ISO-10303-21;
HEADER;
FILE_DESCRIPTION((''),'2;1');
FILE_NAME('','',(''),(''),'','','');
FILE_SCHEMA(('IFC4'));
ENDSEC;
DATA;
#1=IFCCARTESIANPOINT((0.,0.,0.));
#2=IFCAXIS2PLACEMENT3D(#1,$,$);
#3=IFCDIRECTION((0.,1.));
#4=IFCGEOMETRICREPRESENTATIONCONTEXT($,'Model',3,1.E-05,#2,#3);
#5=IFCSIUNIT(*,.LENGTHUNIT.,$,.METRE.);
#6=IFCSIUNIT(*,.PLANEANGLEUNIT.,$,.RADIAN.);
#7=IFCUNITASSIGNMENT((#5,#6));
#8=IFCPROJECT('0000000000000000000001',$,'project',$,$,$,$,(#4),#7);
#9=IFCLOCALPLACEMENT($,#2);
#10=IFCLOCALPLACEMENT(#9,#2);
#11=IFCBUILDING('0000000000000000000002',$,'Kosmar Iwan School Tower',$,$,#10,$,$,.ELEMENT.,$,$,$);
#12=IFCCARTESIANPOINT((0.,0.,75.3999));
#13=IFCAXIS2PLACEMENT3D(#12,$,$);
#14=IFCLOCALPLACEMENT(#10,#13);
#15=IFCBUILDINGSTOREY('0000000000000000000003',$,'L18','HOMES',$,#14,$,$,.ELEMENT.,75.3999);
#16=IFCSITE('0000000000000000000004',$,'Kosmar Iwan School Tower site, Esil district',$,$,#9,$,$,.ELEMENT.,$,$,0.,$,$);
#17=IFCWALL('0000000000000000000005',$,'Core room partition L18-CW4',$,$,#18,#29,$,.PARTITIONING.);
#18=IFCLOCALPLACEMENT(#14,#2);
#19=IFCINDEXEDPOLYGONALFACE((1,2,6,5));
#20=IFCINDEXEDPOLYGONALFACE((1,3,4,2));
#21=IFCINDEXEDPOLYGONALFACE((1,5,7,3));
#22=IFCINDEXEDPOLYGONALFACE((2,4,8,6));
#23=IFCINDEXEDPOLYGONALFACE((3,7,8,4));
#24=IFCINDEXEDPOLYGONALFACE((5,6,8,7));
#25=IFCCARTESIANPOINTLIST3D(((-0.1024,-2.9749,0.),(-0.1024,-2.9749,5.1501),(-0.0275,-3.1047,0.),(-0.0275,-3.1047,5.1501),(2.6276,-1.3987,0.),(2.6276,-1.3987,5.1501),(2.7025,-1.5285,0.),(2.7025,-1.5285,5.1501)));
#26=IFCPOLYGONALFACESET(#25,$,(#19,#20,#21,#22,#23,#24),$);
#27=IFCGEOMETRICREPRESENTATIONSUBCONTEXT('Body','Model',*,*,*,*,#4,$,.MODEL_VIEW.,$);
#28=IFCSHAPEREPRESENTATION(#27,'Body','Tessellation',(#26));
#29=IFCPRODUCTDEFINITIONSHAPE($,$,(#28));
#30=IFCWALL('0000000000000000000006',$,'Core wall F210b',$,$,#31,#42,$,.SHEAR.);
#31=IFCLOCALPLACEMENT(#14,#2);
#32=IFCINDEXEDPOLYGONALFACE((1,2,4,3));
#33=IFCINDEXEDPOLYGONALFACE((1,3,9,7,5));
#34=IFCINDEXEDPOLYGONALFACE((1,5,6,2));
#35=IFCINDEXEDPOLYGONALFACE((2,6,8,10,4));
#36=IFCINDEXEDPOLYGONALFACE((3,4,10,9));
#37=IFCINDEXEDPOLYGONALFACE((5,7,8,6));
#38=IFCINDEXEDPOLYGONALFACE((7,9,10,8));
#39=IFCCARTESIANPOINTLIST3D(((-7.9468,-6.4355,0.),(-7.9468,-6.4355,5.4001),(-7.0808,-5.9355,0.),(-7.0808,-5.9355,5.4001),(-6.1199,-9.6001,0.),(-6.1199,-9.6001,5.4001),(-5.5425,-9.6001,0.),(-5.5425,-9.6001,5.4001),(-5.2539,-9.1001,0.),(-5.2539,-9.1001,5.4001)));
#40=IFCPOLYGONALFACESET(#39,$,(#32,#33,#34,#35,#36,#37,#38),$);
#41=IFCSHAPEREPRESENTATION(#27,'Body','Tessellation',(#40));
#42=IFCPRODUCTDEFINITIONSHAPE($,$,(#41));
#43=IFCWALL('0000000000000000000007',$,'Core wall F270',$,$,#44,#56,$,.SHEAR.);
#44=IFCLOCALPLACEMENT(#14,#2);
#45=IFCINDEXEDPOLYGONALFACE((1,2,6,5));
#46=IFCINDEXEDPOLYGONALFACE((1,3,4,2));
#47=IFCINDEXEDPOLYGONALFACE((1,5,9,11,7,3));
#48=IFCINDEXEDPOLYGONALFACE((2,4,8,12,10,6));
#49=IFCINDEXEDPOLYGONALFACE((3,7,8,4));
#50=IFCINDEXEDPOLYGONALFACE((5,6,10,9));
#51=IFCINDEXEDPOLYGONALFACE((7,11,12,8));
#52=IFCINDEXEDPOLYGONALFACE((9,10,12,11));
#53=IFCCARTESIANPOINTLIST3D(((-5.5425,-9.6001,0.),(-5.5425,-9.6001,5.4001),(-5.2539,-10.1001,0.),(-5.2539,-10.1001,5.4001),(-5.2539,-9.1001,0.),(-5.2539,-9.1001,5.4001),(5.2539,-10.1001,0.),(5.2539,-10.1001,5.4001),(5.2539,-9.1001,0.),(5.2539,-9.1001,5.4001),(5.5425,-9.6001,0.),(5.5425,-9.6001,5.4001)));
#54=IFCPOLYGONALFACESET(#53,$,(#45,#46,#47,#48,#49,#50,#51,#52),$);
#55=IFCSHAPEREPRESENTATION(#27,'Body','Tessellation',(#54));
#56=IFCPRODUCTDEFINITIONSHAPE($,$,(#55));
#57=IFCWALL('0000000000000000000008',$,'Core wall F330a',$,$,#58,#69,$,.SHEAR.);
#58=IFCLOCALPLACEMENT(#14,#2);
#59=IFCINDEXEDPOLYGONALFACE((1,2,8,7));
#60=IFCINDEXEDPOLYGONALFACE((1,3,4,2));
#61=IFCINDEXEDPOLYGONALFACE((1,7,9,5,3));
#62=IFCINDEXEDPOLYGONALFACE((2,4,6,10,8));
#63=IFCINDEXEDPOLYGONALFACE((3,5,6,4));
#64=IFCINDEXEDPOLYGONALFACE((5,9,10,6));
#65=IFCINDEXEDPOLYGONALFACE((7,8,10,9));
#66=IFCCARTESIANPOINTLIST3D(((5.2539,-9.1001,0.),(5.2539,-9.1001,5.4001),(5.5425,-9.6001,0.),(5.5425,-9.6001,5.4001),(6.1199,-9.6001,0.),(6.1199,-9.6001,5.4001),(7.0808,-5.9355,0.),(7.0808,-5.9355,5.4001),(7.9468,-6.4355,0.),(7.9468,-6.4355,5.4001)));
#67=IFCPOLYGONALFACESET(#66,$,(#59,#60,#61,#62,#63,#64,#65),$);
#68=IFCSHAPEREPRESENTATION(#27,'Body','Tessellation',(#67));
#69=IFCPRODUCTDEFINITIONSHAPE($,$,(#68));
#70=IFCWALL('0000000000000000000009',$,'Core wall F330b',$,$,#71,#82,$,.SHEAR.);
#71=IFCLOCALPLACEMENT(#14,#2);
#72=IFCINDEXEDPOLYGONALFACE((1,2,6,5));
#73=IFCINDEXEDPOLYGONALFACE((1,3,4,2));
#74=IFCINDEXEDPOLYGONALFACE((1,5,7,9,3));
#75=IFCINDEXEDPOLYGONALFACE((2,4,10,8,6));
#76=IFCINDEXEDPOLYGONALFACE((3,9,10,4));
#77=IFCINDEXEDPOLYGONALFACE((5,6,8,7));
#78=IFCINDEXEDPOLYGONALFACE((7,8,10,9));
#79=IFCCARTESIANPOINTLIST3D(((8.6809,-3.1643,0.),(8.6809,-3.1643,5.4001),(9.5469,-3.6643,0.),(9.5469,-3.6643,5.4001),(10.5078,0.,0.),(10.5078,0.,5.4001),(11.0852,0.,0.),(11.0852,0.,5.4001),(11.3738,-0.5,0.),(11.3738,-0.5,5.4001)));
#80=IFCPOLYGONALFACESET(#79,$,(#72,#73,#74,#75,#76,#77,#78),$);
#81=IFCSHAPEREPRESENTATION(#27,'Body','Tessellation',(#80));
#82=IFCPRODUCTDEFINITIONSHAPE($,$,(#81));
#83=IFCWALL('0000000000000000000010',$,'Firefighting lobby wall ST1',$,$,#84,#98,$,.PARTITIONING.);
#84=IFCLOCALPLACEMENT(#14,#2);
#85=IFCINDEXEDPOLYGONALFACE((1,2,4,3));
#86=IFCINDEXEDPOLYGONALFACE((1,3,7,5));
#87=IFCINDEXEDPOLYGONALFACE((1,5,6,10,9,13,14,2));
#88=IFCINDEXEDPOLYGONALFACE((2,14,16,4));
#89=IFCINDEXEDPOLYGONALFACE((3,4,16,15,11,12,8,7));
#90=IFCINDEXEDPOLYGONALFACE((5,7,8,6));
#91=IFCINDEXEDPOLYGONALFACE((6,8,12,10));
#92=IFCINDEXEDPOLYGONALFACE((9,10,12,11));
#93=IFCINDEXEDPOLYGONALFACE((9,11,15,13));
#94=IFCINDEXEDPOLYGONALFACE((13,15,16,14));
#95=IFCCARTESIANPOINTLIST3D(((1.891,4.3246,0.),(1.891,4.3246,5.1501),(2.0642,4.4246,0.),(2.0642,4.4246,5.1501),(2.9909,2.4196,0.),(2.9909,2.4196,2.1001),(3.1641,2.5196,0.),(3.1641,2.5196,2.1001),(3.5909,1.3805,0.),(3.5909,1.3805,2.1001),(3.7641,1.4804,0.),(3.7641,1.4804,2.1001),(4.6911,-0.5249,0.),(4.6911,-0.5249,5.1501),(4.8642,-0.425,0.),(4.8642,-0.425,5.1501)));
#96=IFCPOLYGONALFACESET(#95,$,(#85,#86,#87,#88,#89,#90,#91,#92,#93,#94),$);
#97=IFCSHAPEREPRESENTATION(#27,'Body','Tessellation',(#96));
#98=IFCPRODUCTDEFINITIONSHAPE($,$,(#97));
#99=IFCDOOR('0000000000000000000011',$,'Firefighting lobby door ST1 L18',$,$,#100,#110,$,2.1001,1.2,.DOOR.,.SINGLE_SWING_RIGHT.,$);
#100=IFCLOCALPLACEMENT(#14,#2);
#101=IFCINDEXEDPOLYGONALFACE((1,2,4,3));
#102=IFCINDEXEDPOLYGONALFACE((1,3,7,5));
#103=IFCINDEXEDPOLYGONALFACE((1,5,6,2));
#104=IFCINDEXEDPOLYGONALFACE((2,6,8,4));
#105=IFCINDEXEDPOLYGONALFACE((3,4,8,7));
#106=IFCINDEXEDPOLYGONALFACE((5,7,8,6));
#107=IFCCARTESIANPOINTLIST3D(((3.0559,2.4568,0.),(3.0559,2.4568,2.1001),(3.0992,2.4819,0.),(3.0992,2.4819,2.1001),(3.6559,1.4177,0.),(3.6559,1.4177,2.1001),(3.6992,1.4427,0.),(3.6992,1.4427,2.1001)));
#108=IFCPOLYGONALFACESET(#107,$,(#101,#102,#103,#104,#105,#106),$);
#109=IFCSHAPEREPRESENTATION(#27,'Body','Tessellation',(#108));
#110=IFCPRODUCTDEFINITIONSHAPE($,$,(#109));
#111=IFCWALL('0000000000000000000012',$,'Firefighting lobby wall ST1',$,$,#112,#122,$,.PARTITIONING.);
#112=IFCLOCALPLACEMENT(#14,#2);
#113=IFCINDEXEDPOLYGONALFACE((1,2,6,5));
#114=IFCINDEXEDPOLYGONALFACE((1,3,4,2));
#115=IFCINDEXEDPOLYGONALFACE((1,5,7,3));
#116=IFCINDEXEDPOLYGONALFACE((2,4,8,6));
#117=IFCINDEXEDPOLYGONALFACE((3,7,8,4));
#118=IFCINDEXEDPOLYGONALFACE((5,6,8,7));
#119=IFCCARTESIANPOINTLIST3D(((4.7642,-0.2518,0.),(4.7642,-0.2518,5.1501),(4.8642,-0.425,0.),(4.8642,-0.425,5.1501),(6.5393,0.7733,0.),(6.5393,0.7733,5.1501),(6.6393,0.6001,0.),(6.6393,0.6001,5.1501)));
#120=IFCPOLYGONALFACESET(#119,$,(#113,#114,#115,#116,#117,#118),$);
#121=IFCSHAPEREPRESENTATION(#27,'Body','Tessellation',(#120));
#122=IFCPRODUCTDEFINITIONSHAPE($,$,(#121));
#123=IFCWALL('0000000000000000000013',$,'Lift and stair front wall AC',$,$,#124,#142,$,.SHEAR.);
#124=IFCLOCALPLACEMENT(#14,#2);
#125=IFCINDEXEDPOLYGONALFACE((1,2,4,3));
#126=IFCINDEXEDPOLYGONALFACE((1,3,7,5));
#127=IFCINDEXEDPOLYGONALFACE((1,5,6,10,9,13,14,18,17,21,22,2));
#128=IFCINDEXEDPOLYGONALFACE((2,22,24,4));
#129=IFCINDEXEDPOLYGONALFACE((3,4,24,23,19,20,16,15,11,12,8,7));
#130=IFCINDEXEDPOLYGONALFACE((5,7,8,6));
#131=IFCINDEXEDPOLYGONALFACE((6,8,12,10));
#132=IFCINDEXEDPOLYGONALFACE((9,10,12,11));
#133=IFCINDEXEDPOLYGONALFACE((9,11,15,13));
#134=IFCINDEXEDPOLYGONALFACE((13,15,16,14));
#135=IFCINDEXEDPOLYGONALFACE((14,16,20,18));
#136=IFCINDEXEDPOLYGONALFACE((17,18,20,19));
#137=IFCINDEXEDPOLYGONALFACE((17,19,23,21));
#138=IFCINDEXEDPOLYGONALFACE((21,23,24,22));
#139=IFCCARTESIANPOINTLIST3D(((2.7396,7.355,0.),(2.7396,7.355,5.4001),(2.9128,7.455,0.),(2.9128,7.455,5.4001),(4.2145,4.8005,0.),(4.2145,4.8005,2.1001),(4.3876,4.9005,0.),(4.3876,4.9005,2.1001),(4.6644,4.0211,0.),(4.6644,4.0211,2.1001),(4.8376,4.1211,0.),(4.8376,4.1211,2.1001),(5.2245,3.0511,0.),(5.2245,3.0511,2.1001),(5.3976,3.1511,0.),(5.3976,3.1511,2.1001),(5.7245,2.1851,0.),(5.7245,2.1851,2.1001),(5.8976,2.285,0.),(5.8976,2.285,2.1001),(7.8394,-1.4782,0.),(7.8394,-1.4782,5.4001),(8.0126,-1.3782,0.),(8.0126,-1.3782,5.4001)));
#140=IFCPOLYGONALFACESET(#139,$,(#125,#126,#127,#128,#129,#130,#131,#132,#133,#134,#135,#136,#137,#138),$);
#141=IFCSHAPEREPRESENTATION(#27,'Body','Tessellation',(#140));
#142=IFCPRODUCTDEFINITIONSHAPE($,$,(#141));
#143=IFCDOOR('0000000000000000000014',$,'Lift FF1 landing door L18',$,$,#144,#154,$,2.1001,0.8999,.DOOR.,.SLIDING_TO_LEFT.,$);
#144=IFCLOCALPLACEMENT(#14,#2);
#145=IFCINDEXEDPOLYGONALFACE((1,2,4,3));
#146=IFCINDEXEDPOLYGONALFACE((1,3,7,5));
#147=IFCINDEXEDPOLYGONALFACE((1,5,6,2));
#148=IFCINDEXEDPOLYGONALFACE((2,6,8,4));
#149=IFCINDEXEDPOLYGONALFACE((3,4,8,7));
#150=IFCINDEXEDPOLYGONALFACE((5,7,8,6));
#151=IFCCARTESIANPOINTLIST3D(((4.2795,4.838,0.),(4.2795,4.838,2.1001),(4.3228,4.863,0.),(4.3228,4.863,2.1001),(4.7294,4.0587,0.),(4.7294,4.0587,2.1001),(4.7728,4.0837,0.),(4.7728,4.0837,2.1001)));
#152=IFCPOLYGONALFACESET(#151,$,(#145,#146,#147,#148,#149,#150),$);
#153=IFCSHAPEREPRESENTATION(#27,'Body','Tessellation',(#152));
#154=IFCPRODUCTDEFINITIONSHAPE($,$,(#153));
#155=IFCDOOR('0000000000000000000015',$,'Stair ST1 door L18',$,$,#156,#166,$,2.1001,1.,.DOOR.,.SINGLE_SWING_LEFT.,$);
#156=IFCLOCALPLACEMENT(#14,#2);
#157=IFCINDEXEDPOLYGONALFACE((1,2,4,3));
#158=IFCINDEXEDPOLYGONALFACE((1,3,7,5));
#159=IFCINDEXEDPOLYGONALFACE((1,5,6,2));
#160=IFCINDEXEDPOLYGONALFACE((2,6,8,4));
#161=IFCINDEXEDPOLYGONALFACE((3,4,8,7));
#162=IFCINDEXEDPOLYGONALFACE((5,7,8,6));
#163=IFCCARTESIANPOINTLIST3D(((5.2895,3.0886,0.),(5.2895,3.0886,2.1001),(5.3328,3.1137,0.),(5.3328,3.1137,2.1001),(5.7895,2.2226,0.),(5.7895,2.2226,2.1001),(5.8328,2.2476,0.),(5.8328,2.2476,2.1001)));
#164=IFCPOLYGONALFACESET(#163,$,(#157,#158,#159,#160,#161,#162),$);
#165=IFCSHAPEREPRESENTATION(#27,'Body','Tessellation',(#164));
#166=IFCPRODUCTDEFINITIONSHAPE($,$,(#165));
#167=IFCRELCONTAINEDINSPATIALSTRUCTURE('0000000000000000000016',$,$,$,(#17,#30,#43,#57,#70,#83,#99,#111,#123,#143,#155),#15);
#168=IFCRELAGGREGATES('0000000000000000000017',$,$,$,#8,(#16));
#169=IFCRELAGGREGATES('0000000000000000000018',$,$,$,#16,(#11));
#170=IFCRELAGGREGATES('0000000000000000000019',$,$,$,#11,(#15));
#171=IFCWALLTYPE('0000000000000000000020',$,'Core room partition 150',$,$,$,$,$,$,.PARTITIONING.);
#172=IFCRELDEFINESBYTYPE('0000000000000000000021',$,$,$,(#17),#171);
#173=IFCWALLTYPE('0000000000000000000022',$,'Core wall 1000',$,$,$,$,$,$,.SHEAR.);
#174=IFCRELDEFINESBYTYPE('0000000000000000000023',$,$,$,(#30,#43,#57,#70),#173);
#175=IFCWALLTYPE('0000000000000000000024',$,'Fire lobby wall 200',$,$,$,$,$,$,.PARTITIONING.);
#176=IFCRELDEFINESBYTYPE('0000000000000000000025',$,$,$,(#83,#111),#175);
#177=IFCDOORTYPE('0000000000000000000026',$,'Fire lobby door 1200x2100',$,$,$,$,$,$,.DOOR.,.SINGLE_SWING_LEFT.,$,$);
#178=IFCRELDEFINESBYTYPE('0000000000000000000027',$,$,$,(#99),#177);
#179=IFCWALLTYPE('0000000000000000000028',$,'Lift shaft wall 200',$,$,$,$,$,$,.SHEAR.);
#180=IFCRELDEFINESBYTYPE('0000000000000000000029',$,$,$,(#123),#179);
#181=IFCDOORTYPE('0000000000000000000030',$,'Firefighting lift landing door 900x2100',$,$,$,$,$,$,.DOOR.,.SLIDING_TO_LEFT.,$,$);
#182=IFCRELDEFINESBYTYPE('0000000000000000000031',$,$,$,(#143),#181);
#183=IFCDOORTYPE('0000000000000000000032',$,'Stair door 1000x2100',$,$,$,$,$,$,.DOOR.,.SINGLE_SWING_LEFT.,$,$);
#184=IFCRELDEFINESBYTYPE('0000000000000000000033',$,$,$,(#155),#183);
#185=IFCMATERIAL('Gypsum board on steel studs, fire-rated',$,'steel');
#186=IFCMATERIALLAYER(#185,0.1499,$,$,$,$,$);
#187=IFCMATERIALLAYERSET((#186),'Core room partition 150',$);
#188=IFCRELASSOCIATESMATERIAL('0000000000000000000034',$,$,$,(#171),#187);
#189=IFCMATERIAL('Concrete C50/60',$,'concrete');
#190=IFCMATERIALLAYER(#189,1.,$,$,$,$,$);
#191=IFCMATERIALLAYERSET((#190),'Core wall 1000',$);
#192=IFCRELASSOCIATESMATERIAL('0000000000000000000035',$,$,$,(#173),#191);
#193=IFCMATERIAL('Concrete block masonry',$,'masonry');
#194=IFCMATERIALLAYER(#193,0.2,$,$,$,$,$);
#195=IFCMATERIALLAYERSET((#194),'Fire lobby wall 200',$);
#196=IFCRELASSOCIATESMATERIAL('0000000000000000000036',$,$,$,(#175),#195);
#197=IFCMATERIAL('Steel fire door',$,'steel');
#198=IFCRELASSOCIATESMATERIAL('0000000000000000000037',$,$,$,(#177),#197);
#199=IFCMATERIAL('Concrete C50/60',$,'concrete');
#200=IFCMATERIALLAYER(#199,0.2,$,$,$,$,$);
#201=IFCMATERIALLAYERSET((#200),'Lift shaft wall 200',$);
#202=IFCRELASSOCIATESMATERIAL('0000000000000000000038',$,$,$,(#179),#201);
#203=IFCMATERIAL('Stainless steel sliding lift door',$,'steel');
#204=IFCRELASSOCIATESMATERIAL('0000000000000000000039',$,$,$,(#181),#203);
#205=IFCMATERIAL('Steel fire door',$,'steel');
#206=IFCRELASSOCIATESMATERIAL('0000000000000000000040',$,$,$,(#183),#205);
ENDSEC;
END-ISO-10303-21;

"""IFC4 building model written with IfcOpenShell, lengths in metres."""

from ifc_helpers import new_model, si_unit, direction, frame, frame_2d, origin, place, context, subcontext, project, spatial, polyline, rectangle, outline, extrude, material, layer, layer_set, type_object, element, fill, save


model = new_model("IFC4")

# Units and contexts
model_context = context("Model", 3, precision=1e-05, world=origin(), true_north=direction((0.0, 1.0)))
body_context = subcontext(model_context, "Body", "Model", "MODEL_VIEW")
ifc_project = project(units=[si_unit("LENGTHUNIT", "METRE"), si_unit("PLANEANGLEUNIT", "RADIAN")], contexts=[model_context])

# Site, building, storey
site_placement = place(None, origin())
site = spatial("IfcSite", under=ifc_project, at=site_placement, Name="Kosmar Iwan School Tower site, Esil district", CompositionType="ELEMENT", RefElevation=0.0)
building_placement = place(site_placement, origin())
building = spatial("IfcBuilding", under=site, at=building_placement, Name="Kosmar Iwan School Tower", CompositionType="ELEMENT")
storey_placement = place(building_placement, frame((0.0, 0.0, 75.3999)))
storey = spatial("IfcBuildingStorey", under=building, at=storey_placement, Name="L18", Description="HOMES", CompositionType="ELEMENT", Elevation=75.3999)

# Walls
ifc_material_1 = material(Name="Gypsum board on steel studs, fire-rated", Category="steel")
ifc_layer_1 = layer(ifc_material_1, 0.1499)
ifc_layer_set_1 = layer_set([ifc_layer_1], Name="Core room partition 150")
wall_type_1 = type_object("IfcWallType", Name="Core room partition 150", PredefinedType="PARTITIONING", material=ifc_layer_set_1)
wall_1_placement = place(storey_placement, frame((2.665, -1.4636, 0.0), z_axis=(0.0, 0.0, 1.0), x_axis=(-0.866023, -0.500004, 0.0)))
element("IfcWall", 1, at=wall_1_placement, inside=storey, type_object=wall_type_1, Name="Core room partition L18-CW4", PredefinedType="PARTITIONING", context=body_context, shape_type="SweptSolid", body=[
    extrude(rectangle(XDim=3.1523, YDim=0.1499, at=frame_2d((1.5762, 0.0))), origin(), (0.0, 0.0, 1.0), 5.1501),
])
ifc_material_2 = material(Name="Concrete C50/60", Category="concrete")
ifc_layer_2 = layer(ifc_material_2, 1.0)
ifc_layer_set_2 = layer_set([ifc_layer_2], Name="Core wall 1000")
wall_type_2 = type_object("IfcWallType", Name="Core wall 1000", PredefinedType="SHEAR", material=ifc_layer_set_2)
wall_2_placement = place(storey_placement, origin())
element("IfcWall", 2, at=wall_2_placement, inside=storey, type_object=wall_type_2, Name="Core wall F210b", PredefinedType="SHEAR", context=body_context, shape_type="SweptSolid", body=[
    extrude(outline(polyline([(-6.1199, -9.6001), (-5.5425, -9.6001), (-5.2539, -9.1001), (-7.0808, -5.9355), (-7.9468, -6.4355), (-6.1199, -9.6001)])), origin(), (0.0, 0.0, 1.0), 5.4001),
])
wall_3_placement = place(storey_placement, origin())
element("IfcWall", 3, at=wall_3_placement, inside=storey, type_object=wall_type_2, Name="Core wall F270", PredefinedType="SHEAR", context=body_context, shape_type="SweptSolid", body=[
    extrude(outline(polyline([(-5.2539, -10.1001), (5.2539, -10.1001), (5.5425, -9.6001), (5.2539, -9.1001), (-5.2539, -9.1001), (-5.5425, -9.6001), (-5.2539, -10.1001)])), origin(), (0.0, 0.0, 1.0), 5.4001),
])
wall_4_placement = place(storey_placement, origin())
element("IfcWall", 4, at=wall_4_placement, inside=storey, type_object=wall_type_2, Name="Core wall F330a", PredefinedType="SHEAR", context=body_context, shape_type="SweptSolid", body=[
    extrude(outline(polyline([(5.5425, -9.6001), (6.1199, -9.6001), (7.9468, -6.4355), (7.0808, -5.9355), (5.2539, -9.1001), (5.5425, -9.6001)])), origin(), (0.0, 0.0, 1.0), 5.4001),
])
wall_5_placement = place(storey_placement, origin())
element("IfcWall", 5, at=wall_5_placement, inside=storey, type_object=wall_type_2, Name="Core wall F330b", PredefinedType="SHEAR", context=body_context, shape_type="SweptSolid", body=[
    extrude(outline(polyline([(9.5469, -3.6643), (11.3738, -0.5), (11.0852, 0.0), (10.5078, 0.0), (8.6809, -3.1643), (9.5469, -3.6643)])), origin(), (0.0, 0.0, 1.0), 5.4001),
])

# Wall, opening, door
ifc_material_3 = material(Name="Concrete block masonry", Category="masonry")
ifc_layer_3 = layer(ifc_material_3, 0.2)
ifc_layer_set_3 = layer_set([ifc_layer_3], Name="Fire lobby wall 200")
wall_type_3 = type_object("IfcWallType", Name="Fire lobby wall 200", PredefinedType="PARTITIONING", material=ifc_layer_set_3)
wall_6_placement = place(storey_placement, frame((4.7776, -0.4749, 0.0), z_axis=(0.0, 0.0, 1.0), x_axis=(-0.500017, 0.866016, 0.0)))
wall_6 = element("IfcWall", 6, at=wall_6_placement, inside=storey, type_object=wall_type_3, Name="Firefighting lobby wall ST1", PredefinedType="PARTITIONING", context=body_context, shape_type="SweptSolid", body=[
    extrude(rectangle(XDim=5.5999, YDim=0.2, at=frame_2d((2.7998, 0.0))), origin(), (0.0, 0.0, 1.0), 5.1501),
])
opening_1_placement = place(wall_6_placement, frame((2.2, 0.0, 0.0)))
opening_1 = element("IfcOpeningElement", 7, at=opening_1_placement, cuts=wall_6, PredefinedType="OPENING", context=body_context, shape_type="SweptSolid", body=[
    extrude(rectangle(XDim=1.2, YDim=2.1001, at=frame_2d((0.6001, 1.05))), frame((0.0, 0.1121, 0.0), z_axis=(0.0, -1.0, 0.0), x_axis=(1.0, 0.0, 0.0)), (0.0, 0.0, 1.0), 0.2239),
])
ifc_material_4 = material(Name="Steel fire door", Category="steel")
door_type_1 = type_object("IfcDoorType", Name="Fire lobby door 1200x2100", OperationType="SINGLE_SWING_LEFT", PredefinedType="DOOR", material=ifc_material_4)
door_1_placement = place(opening_1_placement, frame((1.2, 0.0, 0.0), z_axis=(0.0, 0.0, 1.0), x_axis=(-1.0, 0.0, 0.0)))
door_1 = element("IfcDoor", 8, at=door_1_placement, inside=storey, type_object=door_type_1, Name="Firefighting lobby door ST1 L18", OperationType="SINGLE_SWING_RIGHT", OverallHeight=2.1001, OverallWidth=1.2, PredefinedType="DOOR", context=body_context, shape_type="SweptSolid", body=[
    extrude(rectangle(XDim=1.2, YDim=2.1001, at=frame_2d((0.6001, 1.05))), frame((0.0, 0.0249, 0.0), z_axis=(0.0, -1.0, 0.0), x_axis=(1.0, 0.0, 0.0)), (0.0, 0.0, 1.0), 0.05),
])
fill(opening_1, door_1)

# Wall
wall_7_placement = place(storey_placement, frame((4.8142, -0.3384, 0.0), z_axis=(0.0, 0.0, 1.0), x_axis=(0.865969, 0.500097, 0.0)))
element("IfcWall", 9, at=wall_7_placement, inside=storey, type_object=wall_type_3, Name="Firefighting lobby wall ST1", PredefinedType="PARTITIONING", context=body_context, shape_type="SweptSolid", body=[
    extrude(rectangle(XDim=2.0498, YDim=0.2, at=frame_2d((1.0249, 0.0))), origin(), (0.0, 0.0, 1.0), 5.1501),
])

# Wall, openings, doors
ifc_material_5 = material(Name="Concrete C50/60", Category="concrete")
ifc_layer_4 = layer(ifc_material_5, 0.2)
ifc_layer_set_4 = layer_set([ifc_layer_4], Name="Lift shaft wall 200")
wall_type_4 = type_object("IfcWallType", Name="Lift shaft wall 200", PredefinedType="SHEAR", material=ifc_layer_set_4)
wall_8_placement = place(storey_placement, frame((7.926, -1.4282, 0.0), z_axis=(0.0, 0.0, 1.0), x_axis=(-0.499998, 0.866027, 0.0)))
wall_8 = element("IfcWall", 10, at=wall_8_placement, inside=storey, type_object=wall_type_4, Name="Lift and stair front wall AC", PredefinedType="SHEAR", context=body_context, shape_type="SweptSolid", body=[
    extrude(rectangle(XDim=10.1997, YDim=0.2, at=frame_2d((5.0999, 0.0))), origin(), (0.0, 0.0, 1.0), 5.4001),
])
opening_2_placement = place(wall_8_placement, frame((6.3501, 0.0, 0.0)))
opening_2 = element("IfcOpeningElement", 11, at=opening_2_placement, cuts=wall_8, PredefinedType="OPENING", context=body_context, shape_type="SweptSolid", body=[
    extrude(rectangle(XDim=0.8999, YDim=2.1001, at=frame_2d((0.45, 1.05))), frame((0.0, 0.1121, 0.0), z_axis=(0.0, -1.0, 0.0), x_axis=(1.0, 0.0, 0.0)), (0.0, 0.0, 1.0), 0.2239),
])
opening_3_placement = place(wall_8_placement, frame((4.23, 0.0, 0.0)))
opening_3 = element("IfcOpeningElement", 12, at=opening_3_placement, cuts=wall_8, PredefinedType="OPENING", context=body_context, shape_type="SweptSolid", body=[
    extrude(rectangle(XDim=1.0, YDim=2.1001, at=frame_2d((0.5, 1.05))), frame((0.0, 0.1121, 0.0), z_axis=(0.0, -1.0, 0.0), x_axis=(1.0, 0.0, 0.0)), (0.0, 0.0, 1.0), 0.2239),
])
ifc_material_6 = material(Name="Stainless steel sliding lift door", Category="steel")
door_type_2 = type_object("IfcDoorType", Name="Firefighting lift landing door 900x2100", OperationType="SLIDING_TO_LEFT", PredefinedType="DOOR", material=ifc_material_6)
door_2_placement = place(opening_2_placement, origin())
door_2 = element("IfcDoor", 13, at=door_2_placement, inside=storey, type_object=door_type_2, Name="Lift FF1 landing door L18", OperationType="SLIDING_TO_LEFT", OverallHeight=2.1001, OverallWidth=0.8999, PredefinedType="DOOR", context=body_context, shape_type="SweptSolid", body=[
    extrude(rectangle(XDim=0.8999, YDim=2.1001, at=frame_2d((0.45, 1.05))), frame((0.0, 0.0249, 0.0), z_axis=(0.0, -1.0, 0.0), x_axis=(1.0, 0.0, 0.0)), (0.0, 0.0, 1.0), 0.05),
])
fill(opening_2, door_2)
ifc_material_7 = material(Name="Steel fire door", Category="steel")
door_type_3 = type_object("IfcDoorType", Name="Stair door 1000x2100", OperationType="SINGLE_SWING_LEFT", PredefinedType="DOOR", material=ifc_material_7)
door_3_placement = place(opening_3_placement, origin())
door_3 = element("IfcDoor", 14, at=door_3_placement, inside=storey, type_object=door_type_3, Name="Stair ST1 door L18", OperationType="SINGLE_SWING_LEFT", OverallHeight=2.1001, OverallWidth=1.0, PredefinedType="DOOR", context=body_context, shape_type="SweptSolid", body=[
    extrude(rectangle(XDim=1.0, YDim=2.1001, at=frame_2d((0.5, 1.05))), frame((0.0, 0.0249, 0.0), z_axis=(0.0, -1.0, 0.0), x_axis=(1.0, 0.0, 0.0)), (0.0, 0.0, 1.0), 0.05),
])
fill(opening_3, door_3)

save(model, "model.ifc")
